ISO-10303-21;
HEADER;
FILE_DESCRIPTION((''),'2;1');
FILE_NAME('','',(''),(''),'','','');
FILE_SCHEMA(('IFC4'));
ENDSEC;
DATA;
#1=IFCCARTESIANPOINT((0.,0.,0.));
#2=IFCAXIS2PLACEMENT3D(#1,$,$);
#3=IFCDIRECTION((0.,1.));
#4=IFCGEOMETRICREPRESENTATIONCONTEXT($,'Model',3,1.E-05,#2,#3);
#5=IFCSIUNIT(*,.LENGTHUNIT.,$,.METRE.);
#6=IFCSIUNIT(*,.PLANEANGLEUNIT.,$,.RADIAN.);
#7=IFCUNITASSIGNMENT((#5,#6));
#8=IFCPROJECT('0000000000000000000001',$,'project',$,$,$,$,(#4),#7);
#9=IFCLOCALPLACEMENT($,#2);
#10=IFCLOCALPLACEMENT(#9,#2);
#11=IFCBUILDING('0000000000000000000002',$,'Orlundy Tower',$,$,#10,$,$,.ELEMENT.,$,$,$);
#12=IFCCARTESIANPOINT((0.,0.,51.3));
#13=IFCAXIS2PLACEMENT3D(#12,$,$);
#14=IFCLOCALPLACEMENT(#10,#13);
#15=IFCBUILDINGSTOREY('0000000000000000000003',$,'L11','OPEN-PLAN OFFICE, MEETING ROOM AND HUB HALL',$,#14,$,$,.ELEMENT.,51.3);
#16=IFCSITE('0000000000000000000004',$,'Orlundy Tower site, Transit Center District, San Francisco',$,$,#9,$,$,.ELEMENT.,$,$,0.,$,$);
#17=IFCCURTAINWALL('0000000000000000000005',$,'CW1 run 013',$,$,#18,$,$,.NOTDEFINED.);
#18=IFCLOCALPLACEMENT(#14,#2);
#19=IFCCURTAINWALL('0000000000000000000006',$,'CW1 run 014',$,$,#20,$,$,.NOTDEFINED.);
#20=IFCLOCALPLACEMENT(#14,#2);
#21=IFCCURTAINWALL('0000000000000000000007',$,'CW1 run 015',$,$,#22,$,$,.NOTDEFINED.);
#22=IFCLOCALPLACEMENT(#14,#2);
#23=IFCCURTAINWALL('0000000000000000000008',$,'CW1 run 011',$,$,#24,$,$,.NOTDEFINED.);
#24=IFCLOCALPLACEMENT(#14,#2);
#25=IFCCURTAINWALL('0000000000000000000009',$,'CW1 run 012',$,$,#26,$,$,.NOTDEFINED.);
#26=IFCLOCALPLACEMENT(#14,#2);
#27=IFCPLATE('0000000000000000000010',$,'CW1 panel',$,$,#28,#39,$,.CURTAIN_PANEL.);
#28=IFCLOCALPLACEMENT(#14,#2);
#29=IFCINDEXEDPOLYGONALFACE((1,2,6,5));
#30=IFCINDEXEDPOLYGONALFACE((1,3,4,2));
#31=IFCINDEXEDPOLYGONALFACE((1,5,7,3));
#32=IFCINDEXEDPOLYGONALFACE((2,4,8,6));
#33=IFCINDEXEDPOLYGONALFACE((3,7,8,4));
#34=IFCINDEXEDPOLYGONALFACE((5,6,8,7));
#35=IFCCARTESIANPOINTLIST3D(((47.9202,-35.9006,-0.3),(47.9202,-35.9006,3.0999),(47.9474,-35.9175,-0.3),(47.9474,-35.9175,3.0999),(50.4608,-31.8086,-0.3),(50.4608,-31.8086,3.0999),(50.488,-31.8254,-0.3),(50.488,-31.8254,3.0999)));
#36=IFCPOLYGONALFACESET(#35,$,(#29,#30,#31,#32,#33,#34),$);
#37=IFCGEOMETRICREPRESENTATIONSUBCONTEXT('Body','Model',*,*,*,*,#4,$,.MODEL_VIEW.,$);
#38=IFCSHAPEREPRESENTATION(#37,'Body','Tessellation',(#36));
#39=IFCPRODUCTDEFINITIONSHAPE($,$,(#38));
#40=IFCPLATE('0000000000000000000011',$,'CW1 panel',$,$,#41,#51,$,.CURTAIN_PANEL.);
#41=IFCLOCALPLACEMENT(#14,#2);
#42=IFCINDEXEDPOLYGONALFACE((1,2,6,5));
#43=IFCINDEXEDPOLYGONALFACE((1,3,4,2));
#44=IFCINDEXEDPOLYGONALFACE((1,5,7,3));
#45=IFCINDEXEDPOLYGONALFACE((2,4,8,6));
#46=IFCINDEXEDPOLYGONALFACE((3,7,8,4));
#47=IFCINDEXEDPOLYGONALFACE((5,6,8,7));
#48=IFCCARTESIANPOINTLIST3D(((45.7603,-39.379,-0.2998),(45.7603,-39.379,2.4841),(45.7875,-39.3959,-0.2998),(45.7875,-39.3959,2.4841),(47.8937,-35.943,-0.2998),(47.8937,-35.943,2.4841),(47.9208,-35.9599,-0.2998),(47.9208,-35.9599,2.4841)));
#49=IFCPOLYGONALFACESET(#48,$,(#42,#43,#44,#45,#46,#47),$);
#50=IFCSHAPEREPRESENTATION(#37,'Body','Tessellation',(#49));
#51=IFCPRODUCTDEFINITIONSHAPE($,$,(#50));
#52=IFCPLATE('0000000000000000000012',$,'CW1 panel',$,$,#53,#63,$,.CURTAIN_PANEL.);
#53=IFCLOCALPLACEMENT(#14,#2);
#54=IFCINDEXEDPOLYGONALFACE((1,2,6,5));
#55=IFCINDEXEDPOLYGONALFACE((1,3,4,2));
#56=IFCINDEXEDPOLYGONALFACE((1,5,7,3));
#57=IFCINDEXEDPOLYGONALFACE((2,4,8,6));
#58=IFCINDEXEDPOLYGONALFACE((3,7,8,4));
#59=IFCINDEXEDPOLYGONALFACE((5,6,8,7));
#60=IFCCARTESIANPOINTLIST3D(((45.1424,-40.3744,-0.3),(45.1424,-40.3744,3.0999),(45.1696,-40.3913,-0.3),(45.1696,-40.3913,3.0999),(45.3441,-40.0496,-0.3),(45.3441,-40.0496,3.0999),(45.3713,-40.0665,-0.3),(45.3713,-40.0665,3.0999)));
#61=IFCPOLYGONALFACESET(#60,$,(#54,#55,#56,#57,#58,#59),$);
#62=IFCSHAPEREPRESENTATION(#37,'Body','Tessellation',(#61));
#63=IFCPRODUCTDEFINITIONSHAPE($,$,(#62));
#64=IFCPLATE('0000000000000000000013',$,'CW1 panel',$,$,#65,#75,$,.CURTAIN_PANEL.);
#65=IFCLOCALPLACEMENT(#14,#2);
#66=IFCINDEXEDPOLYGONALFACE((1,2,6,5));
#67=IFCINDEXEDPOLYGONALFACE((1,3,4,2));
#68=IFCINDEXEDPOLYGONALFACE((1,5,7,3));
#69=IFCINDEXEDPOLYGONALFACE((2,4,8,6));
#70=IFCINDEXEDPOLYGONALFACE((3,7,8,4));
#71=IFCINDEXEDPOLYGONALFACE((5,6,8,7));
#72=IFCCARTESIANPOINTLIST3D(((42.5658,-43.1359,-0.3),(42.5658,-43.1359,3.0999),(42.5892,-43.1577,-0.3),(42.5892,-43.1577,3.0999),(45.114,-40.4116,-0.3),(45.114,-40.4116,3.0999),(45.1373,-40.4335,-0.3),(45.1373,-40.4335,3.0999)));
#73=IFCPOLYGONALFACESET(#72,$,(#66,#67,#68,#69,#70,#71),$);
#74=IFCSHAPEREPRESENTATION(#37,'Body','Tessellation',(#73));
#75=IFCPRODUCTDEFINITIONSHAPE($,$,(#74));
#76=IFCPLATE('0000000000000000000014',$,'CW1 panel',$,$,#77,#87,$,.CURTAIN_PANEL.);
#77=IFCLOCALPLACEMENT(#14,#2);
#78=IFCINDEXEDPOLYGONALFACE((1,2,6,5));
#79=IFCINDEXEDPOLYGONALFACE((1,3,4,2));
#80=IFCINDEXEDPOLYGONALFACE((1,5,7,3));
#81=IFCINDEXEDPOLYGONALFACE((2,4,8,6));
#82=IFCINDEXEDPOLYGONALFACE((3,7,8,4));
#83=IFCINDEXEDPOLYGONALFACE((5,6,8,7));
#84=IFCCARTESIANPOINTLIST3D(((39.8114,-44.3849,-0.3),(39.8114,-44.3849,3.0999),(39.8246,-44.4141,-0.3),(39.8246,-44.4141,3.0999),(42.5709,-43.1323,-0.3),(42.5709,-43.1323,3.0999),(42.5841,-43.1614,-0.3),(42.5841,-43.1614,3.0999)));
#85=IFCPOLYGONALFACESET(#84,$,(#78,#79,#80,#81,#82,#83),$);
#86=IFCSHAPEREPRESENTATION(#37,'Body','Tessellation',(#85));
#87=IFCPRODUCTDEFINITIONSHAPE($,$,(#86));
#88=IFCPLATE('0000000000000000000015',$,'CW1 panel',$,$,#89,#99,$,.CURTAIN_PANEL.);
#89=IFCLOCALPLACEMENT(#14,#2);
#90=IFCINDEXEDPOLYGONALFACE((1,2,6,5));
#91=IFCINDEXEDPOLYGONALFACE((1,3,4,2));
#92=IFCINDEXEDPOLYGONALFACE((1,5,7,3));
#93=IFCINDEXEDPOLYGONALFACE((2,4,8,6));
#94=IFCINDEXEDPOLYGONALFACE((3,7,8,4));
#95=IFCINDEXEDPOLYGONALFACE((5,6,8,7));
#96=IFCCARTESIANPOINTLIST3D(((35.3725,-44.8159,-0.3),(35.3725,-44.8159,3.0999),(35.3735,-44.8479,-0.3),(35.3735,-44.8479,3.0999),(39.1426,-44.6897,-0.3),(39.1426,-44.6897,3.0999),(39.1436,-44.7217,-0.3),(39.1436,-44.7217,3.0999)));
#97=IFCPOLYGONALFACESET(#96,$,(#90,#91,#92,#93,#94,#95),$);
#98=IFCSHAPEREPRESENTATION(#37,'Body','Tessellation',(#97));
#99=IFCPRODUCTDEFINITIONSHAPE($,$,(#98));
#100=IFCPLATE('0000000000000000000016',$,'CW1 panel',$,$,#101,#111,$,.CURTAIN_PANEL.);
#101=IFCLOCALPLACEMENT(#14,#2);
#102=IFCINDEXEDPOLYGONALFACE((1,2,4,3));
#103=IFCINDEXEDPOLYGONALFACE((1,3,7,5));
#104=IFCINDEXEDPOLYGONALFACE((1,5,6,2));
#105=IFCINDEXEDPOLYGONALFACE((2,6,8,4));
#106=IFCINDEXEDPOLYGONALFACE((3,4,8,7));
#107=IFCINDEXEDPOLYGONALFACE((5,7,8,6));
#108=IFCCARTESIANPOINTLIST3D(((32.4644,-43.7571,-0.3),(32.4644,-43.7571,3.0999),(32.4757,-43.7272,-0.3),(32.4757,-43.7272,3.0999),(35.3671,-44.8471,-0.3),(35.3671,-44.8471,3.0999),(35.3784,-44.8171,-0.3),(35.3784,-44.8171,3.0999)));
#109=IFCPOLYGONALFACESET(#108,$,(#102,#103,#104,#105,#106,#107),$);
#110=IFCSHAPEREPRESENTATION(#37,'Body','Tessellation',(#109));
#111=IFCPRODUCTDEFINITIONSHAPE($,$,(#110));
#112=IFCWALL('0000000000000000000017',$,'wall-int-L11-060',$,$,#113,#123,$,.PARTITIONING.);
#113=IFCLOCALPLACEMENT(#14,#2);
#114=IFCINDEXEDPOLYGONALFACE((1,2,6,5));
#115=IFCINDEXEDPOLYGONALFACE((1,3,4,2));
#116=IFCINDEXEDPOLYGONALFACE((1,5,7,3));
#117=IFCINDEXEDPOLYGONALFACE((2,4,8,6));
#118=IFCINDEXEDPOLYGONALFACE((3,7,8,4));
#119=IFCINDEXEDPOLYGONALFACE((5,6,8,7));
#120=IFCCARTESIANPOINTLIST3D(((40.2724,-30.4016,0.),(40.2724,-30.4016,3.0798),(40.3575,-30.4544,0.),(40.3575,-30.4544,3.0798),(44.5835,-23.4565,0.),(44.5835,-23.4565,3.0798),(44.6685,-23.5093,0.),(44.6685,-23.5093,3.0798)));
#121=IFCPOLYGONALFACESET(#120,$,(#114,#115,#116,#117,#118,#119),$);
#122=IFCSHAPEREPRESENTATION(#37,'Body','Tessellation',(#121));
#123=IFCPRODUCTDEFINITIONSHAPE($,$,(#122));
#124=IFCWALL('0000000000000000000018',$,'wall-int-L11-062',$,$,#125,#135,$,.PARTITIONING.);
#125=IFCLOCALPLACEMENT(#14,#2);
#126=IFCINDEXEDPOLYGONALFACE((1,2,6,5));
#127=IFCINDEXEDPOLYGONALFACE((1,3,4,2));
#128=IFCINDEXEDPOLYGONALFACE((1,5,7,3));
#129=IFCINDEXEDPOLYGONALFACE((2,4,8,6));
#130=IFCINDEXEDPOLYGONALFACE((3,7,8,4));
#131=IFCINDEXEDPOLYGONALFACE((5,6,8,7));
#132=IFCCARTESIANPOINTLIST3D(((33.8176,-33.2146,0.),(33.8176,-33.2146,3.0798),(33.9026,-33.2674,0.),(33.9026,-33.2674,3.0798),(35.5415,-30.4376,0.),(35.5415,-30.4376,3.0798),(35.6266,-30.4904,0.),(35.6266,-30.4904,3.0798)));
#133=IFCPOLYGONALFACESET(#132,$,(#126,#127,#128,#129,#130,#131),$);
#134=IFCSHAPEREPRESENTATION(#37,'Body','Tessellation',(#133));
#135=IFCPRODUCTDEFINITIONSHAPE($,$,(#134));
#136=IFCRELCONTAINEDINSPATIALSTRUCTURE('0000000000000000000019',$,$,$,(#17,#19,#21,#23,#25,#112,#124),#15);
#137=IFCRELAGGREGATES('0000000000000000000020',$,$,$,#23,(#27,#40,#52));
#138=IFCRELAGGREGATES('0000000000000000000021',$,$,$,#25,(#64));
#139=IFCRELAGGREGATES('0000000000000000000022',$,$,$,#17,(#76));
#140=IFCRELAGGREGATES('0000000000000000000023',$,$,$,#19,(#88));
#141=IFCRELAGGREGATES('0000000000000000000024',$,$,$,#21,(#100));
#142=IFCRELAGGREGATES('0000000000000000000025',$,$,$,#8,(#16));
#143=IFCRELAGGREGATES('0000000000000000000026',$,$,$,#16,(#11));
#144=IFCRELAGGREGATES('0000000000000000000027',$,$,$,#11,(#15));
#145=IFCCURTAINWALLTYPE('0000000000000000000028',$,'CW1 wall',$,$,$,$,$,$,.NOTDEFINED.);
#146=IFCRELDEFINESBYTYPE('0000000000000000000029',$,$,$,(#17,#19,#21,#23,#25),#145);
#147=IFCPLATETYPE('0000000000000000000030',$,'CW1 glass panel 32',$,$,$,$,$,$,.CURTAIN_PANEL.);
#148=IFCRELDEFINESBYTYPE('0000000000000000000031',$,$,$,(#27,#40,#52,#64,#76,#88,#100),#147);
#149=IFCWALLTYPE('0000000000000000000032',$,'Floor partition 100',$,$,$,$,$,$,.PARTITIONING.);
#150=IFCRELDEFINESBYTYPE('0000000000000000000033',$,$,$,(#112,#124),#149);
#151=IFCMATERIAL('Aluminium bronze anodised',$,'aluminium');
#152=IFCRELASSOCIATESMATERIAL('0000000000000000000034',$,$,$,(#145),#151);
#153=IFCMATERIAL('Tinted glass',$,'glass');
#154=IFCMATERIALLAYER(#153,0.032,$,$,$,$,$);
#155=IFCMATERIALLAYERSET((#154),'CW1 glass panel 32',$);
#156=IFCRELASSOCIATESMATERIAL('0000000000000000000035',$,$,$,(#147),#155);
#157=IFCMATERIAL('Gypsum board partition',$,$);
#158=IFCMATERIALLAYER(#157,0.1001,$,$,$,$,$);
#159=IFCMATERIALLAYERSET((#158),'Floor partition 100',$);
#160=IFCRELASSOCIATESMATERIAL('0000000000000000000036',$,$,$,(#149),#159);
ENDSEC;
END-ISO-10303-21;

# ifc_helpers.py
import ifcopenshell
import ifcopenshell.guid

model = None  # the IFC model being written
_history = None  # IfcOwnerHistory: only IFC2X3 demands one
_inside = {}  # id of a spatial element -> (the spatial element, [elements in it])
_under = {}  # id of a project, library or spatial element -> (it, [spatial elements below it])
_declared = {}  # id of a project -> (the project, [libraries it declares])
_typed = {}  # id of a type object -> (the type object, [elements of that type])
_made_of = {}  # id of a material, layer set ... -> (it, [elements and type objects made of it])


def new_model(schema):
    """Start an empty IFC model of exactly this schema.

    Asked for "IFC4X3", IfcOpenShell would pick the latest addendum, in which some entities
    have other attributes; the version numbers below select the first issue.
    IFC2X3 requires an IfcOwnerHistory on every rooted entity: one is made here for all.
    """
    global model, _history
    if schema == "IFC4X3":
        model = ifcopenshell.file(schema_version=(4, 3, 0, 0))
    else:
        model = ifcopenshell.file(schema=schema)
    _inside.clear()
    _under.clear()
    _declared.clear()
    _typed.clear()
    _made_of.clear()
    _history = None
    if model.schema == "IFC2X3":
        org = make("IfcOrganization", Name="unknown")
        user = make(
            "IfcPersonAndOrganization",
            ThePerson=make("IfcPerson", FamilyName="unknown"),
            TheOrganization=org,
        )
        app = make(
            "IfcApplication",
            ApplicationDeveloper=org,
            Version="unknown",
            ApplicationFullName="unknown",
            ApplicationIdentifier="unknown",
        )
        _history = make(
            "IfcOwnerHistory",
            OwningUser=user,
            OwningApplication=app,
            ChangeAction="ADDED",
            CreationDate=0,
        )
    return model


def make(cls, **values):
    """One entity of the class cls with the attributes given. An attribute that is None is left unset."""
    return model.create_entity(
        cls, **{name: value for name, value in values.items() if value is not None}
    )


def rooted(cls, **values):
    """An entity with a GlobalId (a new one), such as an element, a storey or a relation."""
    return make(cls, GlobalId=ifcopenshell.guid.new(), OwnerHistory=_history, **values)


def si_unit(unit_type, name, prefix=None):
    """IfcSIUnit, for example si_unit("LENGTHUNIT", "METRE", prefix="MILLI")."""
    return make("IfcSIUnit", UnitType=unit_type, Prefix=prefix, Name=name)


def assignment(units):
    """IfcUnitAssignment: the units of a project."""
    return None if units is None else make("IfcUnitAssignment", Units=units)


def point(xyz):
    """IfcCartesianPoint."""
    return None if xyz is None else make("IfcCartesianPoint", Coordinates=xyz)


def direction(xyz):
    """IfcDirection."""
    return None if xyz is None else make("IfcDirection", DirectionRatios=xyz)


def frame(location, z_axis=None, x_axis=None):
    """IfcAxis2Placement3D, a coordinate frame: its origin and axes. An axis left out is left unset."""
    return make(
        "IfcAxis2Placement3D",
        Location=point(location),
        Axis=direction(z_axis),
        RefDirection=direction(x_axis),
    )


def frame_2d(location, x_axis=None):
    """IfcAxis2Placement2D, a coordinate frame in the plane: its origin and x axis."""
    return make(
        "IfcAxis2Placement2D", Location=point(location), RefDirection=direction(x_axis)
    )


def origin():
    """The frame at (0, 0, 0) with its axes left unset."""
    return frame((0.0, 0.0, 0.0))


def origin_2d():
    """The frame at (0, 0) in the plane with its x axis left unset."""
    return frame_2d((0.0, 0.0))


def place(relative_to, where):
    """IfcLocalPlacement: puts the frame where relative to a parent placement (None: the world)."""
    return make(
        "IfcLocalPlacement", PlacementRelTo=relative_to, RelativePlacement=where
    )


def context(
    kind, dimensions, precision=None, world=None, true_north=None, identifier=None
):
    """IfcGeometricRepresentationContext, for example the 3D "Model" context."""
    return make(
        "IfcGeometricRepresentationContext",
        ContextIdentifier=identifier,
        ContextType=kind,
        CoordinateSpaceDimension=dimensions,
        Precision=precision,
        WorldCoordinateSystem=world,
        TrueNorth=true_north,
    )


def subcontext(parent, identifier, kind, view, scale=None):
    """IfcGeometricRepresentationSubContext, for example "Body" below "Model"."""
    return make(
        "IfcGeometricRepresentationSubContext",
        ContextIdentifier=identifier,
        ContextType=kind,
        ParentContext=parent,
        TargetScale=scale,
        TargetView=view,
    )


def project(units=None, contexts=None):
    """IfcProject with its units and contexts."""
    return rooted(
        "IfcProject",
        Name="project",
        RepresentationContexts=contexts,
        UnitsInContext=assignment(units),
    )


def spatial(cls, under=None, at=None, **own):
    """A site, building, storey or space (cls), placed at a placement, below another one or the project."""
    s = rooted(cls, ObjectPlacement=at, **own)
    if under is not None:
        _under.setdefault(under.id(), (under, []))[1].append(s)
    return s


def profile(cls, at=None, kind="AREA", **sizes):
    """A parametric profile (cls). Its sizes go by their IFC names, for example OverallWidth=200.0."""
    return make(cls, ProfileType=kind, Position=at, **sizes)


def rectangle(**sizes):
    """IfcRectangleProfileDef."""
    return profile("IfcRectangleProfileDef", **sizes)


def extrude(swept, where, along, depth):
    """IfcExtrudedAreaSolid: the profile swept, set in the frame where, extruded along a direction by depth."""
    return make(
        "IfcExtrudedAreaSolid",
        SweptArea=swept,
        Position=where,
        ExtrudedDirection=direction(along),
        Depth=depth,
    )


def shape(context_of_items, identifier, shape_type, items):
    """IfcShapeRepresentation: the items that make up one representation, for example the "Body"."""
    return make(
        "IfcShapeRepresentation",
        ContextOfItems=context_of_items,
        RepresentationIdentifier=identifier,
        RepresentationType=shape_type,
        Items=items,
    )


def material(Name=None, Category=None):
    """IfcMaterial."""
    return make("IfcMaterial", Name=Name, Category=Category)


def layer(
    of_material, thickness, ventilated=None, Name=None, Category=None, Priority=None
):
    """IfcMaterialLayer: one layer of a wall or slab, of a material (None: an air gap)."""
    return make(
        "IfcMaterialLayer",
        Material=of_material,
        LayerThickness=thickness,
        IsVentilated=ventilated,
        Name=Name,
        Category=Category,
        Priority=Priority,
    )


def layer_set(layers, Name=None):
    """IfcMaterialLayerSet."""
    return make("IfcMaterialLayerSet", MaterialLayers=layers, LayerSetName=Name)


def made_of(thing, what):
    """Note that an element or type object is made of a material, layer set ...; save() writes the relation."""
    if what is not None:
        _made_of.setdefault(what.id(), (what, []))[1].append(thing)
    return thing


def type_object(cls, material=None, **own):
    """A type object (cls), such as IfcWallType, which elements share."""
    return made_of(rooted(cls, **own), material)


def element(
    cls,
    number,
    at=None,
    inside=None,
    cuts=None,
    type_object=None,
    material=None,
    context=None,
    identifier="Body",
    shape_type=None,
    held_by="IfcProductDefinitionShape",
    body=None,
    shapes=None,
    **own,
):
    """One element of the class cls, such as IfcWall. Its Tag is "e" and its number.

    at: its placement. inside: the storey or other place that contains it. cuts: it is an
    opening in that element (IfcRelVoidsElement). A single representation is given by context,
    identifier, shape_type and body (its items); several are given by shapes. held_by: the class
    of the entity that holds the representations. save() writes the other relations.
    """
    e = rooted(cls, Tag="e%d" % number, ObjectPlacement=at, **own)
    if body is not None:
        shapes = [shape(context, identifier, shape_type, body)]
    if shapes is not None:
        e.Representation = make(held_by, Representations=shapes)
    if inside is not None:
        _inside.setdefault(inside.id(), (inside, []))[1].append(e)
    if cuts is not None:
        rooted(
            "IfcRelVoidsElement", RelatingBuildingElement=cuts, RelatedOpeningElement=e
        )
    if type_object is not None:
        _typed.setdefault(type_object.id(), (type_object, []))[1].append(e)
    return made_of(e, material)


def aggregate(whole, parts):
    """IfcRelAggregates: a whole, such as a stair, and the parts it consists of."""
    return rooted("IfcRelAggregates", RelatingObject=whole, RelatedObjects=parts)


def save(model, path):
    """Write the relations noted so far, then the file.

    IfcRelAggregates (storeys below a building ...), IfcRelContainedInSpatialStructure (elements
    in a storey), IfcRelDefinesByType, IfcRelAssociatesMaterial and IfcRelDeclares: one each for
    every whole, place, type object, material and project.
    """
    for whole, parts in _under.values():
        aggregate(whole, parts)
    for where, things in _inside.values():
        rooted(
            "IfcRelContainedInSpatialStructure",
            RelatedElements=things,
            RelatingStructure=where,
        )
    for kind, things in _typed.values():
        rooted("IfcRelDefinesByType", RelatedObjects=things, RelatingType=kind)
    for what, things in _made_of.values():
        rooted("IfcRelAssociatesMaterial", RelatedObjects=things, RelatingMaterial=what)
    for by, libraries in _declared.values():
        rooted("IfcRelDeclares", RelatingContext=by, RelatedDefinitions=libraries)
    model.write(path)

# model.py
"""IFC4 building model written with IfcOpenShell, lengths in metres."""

from ifc_helpers import new_model, si_unit, direction, frame, frame_2d, origin, origin_2d, place, context, subcontext, project, spatial, rectangle, extrude, material, layer, layer_set, type_object, element, aggregate, save


model = new_model("IFC4")

# Units and contexts
model_context = context("Model", 3, precision=1e-05, world=origin(), true_north=direction((0.0, 1.0)))
body_context = subcontext(model_context, "Body", "Model", "MODEL_VIEW")
ifc_project = project(units=[si_unit("LENGTHUNIT", "METRE"), si_unit("PLANEANGLEUNIT", "RADIAN")], contexts=[model_context])

# Site, building, storey
site_placement = place(None, origin())
site = spatial("IfcSite", under=ifc_project, at=site_placement, Name="Orlundy Tower site, Transit Center District, San Francisco", CompositionType="ELEMENT", RefElevation=0.0)
building_placement = place(site_placement, origin())
building = spatial("IfcBuilding", under=site, at=building_placement, Name="Orlundy Tower", CompositionType="ELEMENT")
storey_placement = place(building_placement, frame((0.0, 0.0, 51.3)))
storey = spatial("IfcBuildingStorey", under=building, at=storey_placement, Name="L11", Description="OPEN-PLAN OFFICE, MEETING ROOM AND HUB HALL", CompositionType="ELEMENT", Elevation=51.3)

# Curtain walls
ifc_material_1 = material(Name="Aluminium bronze anodised", Category="aluminium")
curtain_wall_type = type_object("IfcCurtainWallType", Name="CW1 wall", PredefinedType="NOTDEFINED", material=ifc_material_1)
curtain_wall_1_placement = place(storey_placement, origin())
curtain_wall_1 = element("IfcCurtainWall", 1, at=curtain_wall_1_placement, inside=storey, type_object=curtain_wall_type, Name="CW1 run 013", PredefinedType="NOTDEFINED")
curtain_wall_2_placement = place(storey_placement, origin())
curtain_wall_2 = element("IfcCurtainWall", 2, at=curtain_wall_2_placement, inside=storey, type_object=curtain_wall_type, Name="CW1 run 014", PredefinedType="NOTDEFINED")
curtain_wall_3_placement = place(storey_placement, origin())
curtain_wall_3 = element("IfcCurtainWall", 3, at=curtain_wall_3_placement, inside=storey, type_object=curtain_wall_type, Name="CW1 run 015", PredefinedType="NOTDEFINED")
curtain_wall_4_placement = place(storey_placement, origin())
curtain_wall_4 = element("IfcCurtainWall", 4, at=curtain_wall_4_placement, inside=storey, type_object=curtain_wall_type, Name="CW1 run 011", PredefinedType="NOTDEFINED")
curtain_wall_5_placement = place(storey_placement, origin())
curtain_wall_5 = element("IfcCurtainWall", 5, at=curtain_wall_5_placement, inside=storey, type_object=curtain_wall_type, Name="CW1 run 012", PredefinedType="NOTDEFINED")

# Plates
ifc_material_2 = material(Name="Tinted glass", Category="glass")
ifc_layer_1 = layer(ifc_material_2, 0.032)
ifc_layer_set_1 = layer_set([ifc_layer_1], Name="CW1 glass panel 32")
plate_type = type_object("IfcPlateType", Name="CW1 glass panel 32", PredefinedType="CURTAIN_PANEL", material=ifc_layer_set_1)
plate_1_placement = place(storey_placement, frame((49.2041, -33.863, -0.3), z_axis=(0.0, 0.0, 1.0), x_axis=(-0.527475, -0.84957, 0.0)))
plate_1 = element("IfcPlate", 6, at=plate_1_placement, type_object=plate_type, Name="CW1 panel", PredefinedType="CURTAIN_PANEL", context=body_context, shape_type="SweptSolid", body=[
    extrude(rectangle(XDim=4.8167, YDim=0.032, at=origin_2d()), origin(), (0.0, 0.0, 1.0), 3.3999),
])
plate_2_placement = place(storey_placement, frame((46.8406, -37.6694, -0.2998), z_axis=(0.0, 0.0, 1.0), x_axis=(-0.527475, -0.84957, 0.0)))
plate_2 = element("IfcPlate", 7, at=plate_2_placement, type_object=plate_type, Name="CW1 panel", PredefinedType="CURTAIN_PANEL", context=body_context, shape_type="SweptSolid", body=[
    extrude(rectangle(XDim=4.0444, YDim=0.032, at=origin_2d()), origin(), (0.0, 0.0, 1.0), 2.7839),
])
plate_3_placement = place(storey_placement, frame((45.2568, -40.2205, -0.3), z_axis=(0.0, 0.0, 1.0), x_axis=(-0.527475, -0.84957, 0.0)))
plate_3 = element("IfcPlate", 8, at=plate_3_placement, type_object=plate_type, Name="CW1 panel", PredefinedType="CURTAIN_PANEL", context=body_context, shape_type="SweptSolid", body=[
    extrude(rectangle(XDim=0.3823, YDim=0.032, at=origin_2d()), origin(), (0.0, 0.0, 1.0), 3.3999),
])
aggregate(curtain_wall_4, [plate_1, plate_2, plate_3])
plate_4_placement = place(storey_placement, frame((43.8516, -41.7847, -0.3), z_axis=(0.0, 0.0, 1.0), x_axis=(-0.683106, -0.730319, 0.0)))
plate_4 = element("IfcPlate", 9, at=plate_4_placement, type_object=plate_type, Name="CW1 panel", PredefinedType="CURTAIN_PANEL", context=body_context, shape_type="SweptSolid", body=[
    extrude(rectangle(XDim=3.7302, YDim=0.032, at=origin_2d()), origin(), (0.0, 0.0, 1.0), 3.3999),
])
aggregate(curtain_wall_5, [plate_4])
plate_5_placement = place(storey_placement, frame((41.1978, -43.7732, -0.3), z_axis=(0.0, 0.0, 1.0), x_axis=(-0.910579, -0.413335, 0.0)))
plate_5 = element("IfcPlate", 10, at=plate_5_placement, type_object=plate_type, Name="CW1 panel", PredefinedType="CURTAIN_PANEL", context=body_context, shape_type="SweptSolid", body=[
    extrude(rectangle(XDim=3.0305, YDim=0.032, at=origin_2d()), origin(), (0.0, 0.0, 1.0), 3.3999),
])
aggregate(curtain_wall_1, [plate_5])
plate_6_placement = place(storey_placement, frame((37.2581, -44.7688, -0.3), z_axis=(0.0, 0.0, 1.0), x_axis=(-0.99944, -0.03345, 0.0)))
plate_6 = element("IfcPlate", 11, at=plate_6_placement, type_object=plate_type, Name="CW1 panel", PredefinedType="CURTAIN_PANEL", context=body_context, shape_type="SweptSolid", body=[
    extrude(rectangle(XDim=3.7722, YDim=0.032, at=origin_2d()), origin(), (0.0, 0.0, 1.0), 3.3999),
])
aggregate(curtain_wall_2, [plate_6])
plate_7_placement = place(storey_placement, frame((33.9214, -44.2871, -0.3), z_axis=(0.0, 0.0, 1.0), x_axis=(-0.936174, 0.351537, 0.0)))
plate_7 = element("IfcPlate", 12, at=plate_7_placement, type_object=plate_type, Name="CW1 panel", PredefinedType="CURTAIN_PANEL", context=body_context, shape_type="SweptSolid", body=[
    extrude(rectangle(XDim=3.1006, YDim=0.032, at=origin_2d()), origin(), (0.0, 0.0, 1.0), 3.3999),
])
aggregate(curtain_wall_3, [plate_7])

# Walls
ifc_material_3 = material(Name="Gypsum board partition")
ifc_layer_2 = layer(ifc_material_3, 0.1001)
ifc_layer_set_2 = layer_set([ifc_layer_2], Name="Floor partition 100")
wall_type_1 = type_object("IfcWallType", Name="Floor partition 100", PredefinedType="PARTITIONING", material=ifc_layer_set_2)
wall_1_placement = place(storey_placement, frame((40.3149, -30.428, 0.0), z_axis=(0.0, 0.0, 1.0), x_axis=(0.52739, 0.849624, 0.0)))
element("IfcWall", 13, at=wall_1_placement, inside=storey, type_object=wall_type_1, Name="wall-int-L11-060", PredefinedType="PARTITIONING", context=body_context, shape_type="SweptSolid", body=[
    extrude(rectangle(XDim=8.1743, YDim=0.1001, at=frame_2d((4.0872, 0.0))), origin(), (0.0, 0.0, 1.0), 3.0798),
])
wall_2_placement = place(storey_placement, frame((33.8601, -33.241, 0.0), z_axis=(0.0, 0.0, 1.0), x_axis=(0.527432, 0.849597, 0.0)))
element("IfcWall", 14, at=wall_2_placement, inside=storey, type_object=wall_type_1, Name="wall-int-L11-062", PredefinedType="PARTITIONING", context=body_context, shape_type="SweptSolid", body=[
    extrude(rectangle(XDim=3.2686, YDim=0.1001, at=frame_2d((1.6343, 0.0))), origin(), (0.0, 0.0, 1.0), 3.0798),
])

save(model, "model.ifc")
